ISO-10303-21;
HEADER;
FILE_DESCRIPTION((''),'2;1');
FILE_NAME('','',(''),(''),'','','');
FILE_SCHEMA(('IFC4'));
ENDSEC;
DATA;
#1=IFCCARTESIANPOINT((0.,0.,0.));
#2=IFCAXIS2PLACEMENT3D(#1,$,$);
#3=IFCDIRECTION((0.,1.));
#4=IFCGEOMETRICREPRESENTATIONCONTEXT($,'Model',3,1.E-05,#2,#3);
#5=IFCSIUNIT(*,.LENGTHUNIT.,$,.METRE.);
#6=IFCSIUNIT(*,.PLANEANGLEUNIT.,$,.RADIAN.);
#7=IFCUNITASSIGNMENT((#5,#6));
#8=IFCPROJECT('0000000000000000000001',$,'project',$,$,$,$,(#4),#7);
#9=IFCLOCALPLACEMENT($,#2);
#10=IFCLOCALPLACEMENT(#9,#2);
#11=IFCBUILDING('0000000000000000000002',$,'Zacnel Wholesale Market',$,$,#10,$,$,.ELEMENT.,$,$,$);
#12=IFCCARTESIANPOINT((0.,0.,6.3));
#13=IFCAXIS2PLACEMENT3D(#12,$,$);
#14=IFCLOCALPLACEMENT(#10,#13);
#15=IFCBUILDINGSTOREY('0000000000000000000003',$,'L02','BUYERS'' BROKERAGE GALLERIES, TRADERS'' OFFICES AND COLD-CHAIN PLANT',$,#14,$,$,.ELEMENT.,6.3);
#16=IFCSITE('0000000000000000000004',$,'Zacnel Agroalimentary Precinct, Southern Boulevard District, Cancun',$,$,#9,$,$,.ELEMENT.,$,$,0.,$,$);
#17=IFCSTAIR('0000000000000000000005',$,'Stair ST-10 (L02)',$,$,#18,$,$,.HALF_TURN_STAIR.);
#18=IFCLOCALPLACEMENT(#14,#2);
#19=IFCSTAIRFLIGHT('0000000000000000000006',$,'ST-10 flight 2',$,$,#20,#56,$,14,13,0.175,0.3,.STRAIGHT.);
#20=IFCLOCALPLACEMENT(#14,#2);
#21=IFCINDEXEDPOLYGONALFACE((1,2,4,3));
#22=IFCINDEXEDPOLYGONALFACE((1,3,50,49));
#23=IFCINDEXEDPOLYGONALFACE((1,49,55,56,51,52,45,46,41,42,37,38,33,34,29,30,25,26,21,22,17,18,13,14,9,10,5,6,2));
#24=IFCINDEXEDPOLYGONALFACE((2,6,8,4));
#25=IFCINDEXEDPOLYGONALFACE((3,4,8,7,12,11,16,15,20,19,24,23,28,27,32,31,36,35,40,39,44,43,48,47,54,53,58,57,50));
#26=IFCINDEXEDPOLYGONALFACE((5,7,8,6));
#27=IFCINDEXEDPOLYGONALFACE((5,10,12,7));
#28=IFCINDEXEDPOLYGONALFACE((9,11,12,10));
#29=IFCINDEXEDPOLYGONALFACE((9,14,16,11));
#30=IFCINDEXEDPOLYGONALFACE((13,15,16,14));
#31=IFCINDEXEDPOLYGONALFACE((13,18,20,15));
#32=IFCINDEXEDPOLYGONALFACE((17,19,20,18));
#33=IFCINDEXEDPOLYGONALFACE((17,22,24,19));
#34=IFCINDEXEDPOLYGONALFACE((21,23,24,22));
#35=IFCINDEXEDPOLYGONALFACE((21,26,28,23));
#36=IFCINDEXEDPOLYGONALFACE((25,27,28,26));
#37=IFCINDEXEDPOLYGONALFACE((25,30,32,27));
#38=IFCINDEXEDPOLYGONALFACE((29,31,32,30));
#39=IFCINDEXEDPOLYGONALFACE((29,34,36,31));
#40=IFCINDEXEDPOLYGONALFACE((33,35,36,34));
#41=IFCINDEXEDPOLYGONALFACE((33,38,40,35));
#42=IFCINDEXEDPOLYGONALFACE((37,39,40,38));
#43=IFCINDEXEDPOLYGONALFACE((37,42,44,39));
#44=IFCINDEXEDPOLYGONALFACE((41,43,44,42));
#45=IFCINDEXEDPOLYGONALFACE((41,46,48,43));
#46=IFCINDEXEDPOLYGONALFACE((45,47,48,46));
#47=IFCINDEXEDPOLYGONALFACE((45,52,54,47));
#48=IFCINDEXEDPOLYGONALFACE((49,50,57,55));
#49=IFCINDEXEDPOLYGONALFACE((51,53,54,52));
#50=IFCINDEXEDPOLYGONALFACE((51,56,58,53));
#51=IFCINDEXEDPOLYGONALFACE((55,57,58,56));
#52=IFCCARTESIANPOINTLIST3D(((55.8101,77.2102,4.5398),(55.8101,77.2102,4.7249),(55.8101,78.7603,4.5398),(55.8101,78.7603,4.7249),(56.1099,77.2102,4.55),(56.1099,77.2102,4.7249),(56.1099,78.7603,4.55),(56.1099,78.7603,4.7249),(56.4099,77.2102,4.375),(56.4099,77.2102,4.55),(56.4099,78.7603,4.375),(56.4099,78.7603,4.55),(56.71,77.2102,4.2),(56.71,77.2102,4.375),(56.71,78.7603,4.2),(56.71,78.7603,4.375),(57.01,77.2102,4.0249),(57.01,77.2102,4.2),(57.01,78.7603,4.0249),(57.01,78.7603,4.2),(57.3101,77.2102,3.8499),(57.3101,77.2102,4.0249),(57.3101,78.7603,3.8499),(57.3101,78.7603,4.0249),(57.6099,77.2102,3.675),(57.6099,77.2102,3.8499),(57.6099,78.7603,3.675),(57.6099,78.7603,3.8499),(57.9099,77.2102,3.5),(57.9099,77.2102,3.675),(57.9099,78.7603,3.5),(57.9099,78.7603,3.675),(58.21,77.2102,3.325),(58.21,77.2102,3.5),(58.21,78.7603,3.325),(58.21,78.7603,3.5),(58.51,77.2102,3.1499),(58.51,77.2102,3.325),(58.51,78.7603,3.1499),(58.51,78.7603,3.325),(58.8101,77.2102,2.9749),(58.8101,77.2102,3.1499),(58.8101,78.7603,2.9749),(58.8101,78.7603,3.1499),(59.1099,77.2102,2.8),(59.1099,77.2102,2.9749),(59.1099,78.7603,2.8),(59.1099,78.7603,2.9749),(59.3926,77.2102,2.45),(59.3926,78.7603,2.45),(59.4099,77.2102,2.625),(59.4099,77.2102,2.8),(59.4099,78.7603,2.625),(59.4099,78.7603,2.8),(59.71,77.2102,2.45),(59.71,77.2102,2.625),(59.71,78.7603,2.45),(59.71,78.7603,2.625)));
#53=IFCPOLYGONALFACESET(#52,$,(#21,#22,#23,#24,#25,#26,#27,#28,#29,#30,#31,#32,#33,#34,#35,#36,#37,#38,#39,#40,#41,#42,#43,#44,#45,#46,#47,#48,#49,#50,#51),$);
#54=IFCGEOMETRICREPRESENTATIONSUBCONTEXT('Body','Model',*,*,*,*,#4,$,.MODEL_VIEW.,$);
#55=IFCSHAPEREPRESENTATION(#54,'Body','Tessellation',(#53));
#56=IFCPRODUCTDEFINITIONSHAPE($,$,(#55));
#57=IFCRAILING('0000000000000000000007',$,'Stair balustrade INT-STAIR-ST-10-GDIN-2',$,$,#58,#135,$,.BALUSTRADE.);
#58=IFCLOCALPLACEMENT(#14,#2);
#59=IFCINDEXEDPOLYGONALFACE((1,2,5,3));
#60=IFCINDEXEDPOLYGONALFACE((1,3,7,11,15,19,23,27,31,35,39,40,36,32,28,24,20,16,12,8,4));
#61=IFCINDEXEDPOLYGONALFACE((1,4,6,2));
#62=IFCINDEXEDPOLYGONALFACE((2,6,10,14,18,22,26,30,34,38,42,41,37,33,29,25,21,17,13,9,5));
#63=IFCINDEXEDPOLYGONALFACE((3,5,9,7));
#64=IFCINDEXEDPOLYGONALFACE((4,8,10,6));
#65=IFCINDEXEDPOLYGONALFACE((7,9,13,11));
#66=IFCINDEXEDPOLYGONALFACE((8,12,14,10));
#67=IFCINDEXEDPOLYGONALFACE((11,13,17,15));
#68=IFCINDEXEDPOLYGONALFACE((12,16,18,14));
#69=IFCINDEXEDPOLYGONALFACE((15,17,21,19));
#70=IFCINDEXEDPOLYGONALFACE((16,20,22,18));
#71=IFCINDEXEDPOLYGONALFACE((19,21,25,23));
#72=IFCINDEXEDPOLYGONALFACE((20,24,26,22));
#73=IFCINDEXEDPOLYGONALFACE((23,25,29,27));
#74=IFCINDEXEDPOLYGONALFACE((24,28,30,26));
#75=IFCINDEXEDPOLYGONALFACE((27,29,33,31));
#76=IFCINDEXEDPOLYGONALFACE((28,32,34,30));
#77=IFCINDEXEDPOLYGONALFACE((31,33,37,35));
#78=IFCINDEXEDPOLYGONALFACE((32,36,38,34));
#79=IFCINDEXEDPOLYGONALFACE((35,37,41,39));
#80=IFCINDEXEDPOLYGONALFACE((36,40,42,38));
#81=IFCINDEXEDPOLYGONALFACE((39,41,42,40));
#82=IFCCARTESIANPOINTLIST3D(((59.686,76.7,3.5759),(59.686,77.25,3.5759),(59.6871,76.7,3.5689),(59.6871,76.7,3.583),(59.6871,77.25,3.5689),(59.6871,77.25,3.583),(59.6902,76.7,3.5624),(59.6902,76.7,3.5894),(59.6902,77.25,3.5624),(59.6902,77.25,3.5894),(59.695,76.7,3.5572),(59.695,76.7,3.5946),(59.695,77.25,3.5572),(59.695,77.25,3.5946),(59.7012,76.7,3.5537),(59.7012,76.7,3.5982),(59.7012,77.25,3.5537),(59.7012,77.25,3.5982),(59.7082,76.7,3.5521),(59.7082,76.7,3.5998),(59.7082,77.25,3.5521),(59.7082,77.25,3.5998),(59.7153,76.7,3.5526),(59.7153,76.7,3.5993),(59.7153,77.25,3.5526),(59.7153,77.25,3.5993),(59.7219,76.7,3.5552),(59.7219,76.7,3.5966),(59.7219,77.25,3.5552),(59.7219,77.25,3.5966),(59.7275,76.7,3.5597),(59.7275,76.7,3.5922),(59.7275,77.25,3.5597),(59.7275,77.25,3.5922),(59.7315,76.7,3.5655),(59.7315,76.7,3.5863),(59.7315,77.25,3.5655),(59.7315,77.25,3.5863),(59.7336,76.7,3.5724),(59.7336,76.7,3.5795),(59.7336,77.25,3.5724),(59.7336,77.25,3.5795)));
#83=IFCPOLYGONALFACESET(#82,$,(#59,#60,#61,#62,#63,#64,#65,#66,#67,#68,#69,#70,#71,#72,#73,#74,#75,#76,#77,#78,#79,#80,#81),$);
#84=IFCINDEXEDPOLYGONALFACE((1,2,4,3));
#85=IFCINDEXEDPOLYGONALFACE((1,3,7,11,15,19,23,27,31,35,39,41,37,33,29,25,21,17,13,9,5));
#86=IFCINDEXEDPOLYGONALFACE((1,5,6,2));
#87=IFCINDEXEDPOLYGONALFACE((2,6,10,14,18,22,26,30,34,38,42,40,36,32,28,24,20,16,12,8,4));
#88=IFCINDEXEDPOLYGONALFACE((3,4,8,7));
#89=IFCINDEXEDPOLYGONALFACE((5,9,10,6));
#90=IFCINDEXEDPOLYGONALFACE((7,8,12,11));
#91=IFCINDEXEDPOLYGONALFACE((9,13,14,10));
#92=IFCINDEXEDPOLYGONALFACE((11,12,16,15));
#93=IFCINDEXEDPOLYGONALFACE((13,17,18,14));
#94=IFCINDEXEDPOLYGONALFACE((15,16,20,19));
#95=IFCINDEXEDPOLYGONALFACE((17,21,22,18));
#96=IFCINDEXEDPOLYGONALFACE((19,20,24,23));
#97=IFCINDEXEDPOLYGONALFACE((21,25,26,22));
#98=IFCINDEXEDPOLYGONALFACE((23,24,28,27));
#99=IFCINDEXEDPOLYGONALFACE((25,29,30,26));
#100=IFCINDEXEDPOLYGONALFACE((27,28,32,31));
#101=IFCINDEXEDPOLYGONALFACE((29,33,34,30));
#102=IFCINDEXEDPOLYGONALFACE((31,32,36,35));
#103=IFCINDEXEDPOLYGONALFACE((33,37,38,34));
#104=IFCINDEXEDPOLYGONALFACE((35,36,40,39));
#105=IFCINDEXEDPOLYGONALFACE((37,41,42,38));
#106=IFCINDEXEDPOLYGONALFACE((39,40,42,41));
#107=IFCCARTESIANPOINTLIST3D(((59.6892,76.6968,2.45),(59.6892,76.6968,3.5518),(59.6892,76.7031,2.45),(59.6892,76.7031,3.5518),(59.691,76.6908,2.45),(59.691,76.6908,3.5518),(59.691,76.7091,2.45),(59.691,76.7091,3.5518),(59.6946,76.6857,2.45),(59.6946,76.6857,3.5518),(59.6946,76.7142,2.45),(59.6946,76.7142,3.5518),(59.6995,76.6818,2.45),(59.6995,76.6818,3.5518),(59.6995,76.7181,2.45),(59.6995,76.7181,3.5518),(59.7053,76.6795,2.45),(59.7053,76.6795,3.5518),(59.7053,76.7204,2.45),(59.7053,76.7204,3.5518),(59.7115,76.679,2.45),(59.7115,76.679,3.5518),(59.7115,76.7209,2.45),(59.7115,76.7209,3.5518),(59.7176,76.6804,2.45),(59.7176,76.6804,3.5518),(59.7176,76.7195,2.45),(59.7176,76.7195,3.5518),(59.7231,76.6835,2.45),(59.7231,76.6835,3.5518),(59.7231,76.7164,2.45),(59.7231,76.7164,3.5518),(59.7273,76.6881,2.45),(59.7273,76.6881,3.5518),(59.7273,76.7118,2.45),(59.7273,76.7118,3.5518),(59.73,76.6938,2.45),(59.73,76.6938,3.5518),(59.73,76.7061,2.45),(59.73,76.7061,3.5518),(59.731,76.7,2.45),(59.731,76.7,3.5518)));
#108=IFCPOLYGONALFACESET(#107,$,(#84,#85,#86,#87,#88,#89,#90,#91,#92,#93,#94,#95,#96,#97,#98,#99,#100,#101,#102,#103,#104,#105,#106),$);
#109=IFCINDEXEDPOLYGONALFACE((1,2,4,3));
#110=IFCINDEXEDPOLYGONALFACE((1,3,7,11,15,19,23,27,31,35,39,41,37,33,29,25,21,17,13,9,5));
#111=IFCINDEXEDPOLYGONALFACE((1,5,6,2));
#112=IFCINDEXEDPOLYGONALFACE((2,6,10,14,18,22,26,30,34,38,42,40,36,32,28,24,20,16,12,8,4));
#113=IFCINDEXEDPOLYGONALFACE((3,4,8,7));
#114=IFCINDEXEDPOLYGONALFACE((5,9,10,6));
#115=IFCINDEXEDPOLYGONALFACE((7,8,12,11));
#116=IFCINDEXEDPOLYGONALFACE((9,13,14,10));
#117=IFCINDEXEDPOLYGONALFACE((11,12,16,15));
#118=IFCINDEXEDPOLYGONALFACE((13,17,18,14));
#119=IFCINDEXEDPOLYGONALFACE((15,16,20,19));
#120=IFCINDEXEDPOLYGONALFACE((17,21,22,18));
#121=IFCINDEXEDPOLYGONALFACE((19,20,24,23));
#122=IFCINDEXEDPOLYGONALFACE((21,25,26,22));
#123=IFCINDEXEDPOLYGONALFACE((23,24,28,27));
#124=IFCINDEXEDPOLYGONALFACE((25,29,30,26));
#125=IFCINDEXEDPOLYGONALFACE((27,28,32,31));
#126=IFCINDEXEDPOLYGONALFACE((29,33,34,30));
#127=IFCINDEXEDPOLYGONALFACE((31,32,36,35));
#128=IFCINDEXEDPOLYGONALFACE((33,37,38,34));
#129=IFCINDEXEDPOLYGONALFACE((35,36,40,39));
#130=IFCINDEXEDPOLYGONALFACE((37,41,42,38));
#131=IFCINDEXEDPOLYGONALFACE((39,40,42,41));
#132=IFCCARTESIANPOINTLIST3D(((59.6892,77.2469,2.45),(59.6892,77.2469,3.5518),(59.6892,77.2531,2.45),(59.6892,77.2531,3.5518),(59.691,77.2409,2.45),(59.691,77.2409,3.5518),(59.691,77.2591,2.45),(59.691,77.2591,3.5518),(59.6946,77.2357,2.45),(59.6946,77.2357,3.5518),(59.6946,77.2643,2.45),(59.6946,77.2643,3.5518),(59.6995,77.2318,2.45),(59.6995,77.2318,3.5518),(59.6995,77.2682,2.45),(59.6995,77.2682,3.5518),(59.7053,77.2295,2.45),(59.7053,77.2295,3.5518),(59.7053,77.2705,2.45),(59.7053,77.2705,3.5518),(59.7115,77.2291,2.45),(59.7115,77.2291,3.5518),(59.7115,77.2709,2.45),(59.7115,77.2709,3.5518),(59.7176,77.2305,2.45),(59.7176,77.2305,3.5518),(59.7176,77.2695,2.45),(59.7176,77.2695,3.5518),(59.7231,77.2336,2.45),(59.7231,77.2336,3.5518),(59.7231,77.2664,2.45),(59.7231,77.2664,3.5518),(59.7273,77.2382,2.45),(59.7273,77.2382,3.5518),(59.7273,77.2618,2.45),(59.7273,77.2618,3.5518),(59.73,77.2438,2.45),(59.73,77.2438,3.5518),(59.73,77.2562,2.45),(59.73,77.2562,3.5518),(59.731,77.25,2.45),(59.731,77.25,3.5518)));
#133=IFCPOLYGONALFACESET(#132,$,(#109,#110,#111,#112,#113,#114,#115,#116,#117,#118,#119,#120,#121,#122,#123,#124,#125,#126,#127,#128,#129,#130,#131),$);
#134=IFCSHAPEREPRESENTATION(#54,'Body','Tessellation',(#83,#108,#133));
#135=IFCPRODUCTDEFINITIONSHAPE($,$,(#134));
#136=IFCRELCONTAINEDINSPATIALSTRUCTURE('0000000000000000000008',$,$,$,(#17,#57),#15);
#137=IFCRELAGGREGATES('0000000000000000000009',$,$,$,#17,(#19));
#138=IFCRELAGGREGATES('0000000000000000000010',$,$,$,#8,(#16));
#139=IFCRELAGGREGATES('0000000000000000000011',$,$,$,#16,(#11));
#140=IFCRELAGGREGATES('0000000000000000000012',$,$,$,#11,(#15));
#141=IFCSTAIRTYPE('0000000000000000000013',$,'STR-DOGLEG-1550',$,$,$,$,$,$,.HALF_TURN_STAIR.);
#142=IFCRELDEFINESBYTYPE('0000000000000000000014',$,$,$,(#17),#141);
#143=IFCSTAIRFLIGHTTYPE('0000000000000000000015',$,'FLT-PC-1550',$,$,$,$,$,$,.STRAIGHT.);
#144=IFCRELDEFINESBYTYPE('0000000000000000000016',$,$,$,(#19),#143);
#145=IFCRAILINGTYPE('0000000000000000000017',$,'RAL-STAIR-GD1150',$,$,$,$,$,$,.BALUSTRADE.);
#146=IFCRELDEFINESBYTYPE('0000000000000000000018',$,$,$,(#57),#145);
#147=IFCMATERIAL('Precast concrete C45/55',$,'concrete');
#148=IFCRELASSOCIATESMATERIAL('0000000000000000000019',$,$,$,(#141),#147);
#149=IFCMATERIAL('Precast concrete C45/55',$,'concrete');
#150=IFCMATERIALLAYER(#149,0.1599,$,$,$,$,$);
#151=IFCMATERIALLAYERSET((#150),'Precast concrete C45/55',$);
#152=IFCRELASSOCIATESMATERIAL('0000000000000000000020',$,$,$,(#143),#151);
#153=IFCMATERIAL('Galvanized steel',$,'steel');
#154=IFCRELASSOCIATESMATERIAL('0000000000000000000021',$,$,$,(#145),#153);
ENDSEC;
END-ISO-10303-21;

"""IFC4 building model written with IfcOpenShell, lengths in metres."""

from ifc_helpers import new_model, si_unit, direction, frame, origin, origin_2d, place, context, subcontext, project, spatial, polyline, circle, outline, extrude, material, layer, layer_set, type_object, element, aggregate, save


model = new_model("IFC4")

# Units and contexts
model_context = context("Model", 3, precision=1e-05, world=origin(), true_north=direction((0.0, 1.0)))
body_context = subcontext(model_context, "Body", "Model", "MODEL_VIEW")
ifc_project = project(units=[si_unit("LENGTHUNIT", "METRE"), si_unit("PLANEANGLEUNIT", "RADIAN")], contexts=[model_context])

# Site, building, storey
site_placement = place(None, origin())
site = spatial("IfcSite", under=ifc_project, at=site_placement, Name="Zacnel Agroalimentary Precinct, Southern Boulevard District, Cancun", CompositionType="ELEMENT", RefElevation=0.0)
building_placement = place(site_placement, origin())
building = spatial("IfcBuilding", under=site, at=building_placement, Name="Zacnel Wholesale Market", CompositionType="ELEMENT")
storey_placement = place(building_placement, frame((0.0, 0.0, 6.3)))
storey = spatial("IfcBuildingStorey", under=building, at=storey_placement, Name="L02", Description="BUYERS' BROKERAGE GALLERIES, TRADERS' OFFICES AND COLD-CHAIN PLANT", CompositionType="ELEMENT", Elevation=6.3)

# Stair, stair flight
ifc_material_1 = material(Name="Precast concrete C45/55", Category="concrete")
stair_type = type_object("IfcStairType", Name="STR-DOGLEG-1550", PredefinedType="HALF_TURN_STAIR", material=ifc_material_1)
stair_placement = place(storey_placement, origin())
stair = element("IfcStair", 1, at=stair_placement, inside=storey, type_object=stair_type, Name="Stair ST-10 (L02)", PredefinedType="HALF_TURN_STAIR")
ifc_material_2 = material(Name="Precast concrete C45/55", Category="concrete")
ifc_layer_1 = layer(ifc_material_2, 0.1599)
ifc_layer_set_1 = layer_set([ifc_layer_1], Name="Precast concrete C45/55")
stair_flight_type = type_object("IfcStairFlightType", Name="FLT-PC-1550", PredefinedType="STRAIGHT", material=ifc_layer_set_1)
stair_flight_placement = place(storey_placement, frame((59.71, 77.9851, 2.45), z_axis=(0.0, 0.0, 1.0), x_axis=(-1.0, 0.0, 0.0)))
stair_flight = element("IfcStairFlight", 2, at=stair_flight_placement, type_object=stair_flight_type, Name="ST-10 flight 2", NumberOfRisers=14, NumberOfTreads=13, PredefinedType="STRAIGHT", RiserHeight=0.175, TreadLength=0.3, context=body_context, shape_type="SweptSolid", body=[
    extrude(outline(polyline([(0.0, 0.0), (0.0, 0.175), (0.3, 0.175), (0.3, 0.3501), (0.6001, 0.3501), (0.6001, 0.5249), (0.8999, 0.5249), (0.8999, 0.7), (1.2, 0.7), (1.2, 0.875), (1.5, 0.875), (1.5, 1.05), (1.8, 1.05), (1.8, 1.2251), (2.1001, 1.2251), (2.1001, 1.3999), (2.3999, 1.3999), (2.3999, 1.575), (2.7, 1.575), (2.7, 1.75), (3.0, 1.75), (3.0, 1.925), (3.3, 1.925), (3.3, 2.1001), (3.6001, 2.1001), (3.6001, 2.2749), (3.8999, 2.2749), (3.8999, 2.45), (3.8999, 2.0898), (0.3174, 0.0), (0.0, 0.0)])), frame((0.0, 0.7749, 0.0), z_axis=(0.0, -1.0, 0.0), x_axis=(1.0, 0.0, 0.0)), (0.0, 0.0, 1.0), 1.55),
])
aggregate(stair, [stair_flight])

# Railing
ifc_material_3 = material(Name="Galvanized steel", Category="steel")
railing_type = type_object("IfcRailingType", Name="RAL-STAIR-GD1150", PredefinedType="BALUSTRADE", material=ifc_material_3)
railing_1_placement = place(storey_placement, frame((59.71, 76.7, 2.45)))
element("IfcRailing", 3, at=railing_1_placement, inside=storey, type_object=railing_type, Name="Stair balustrade INT-STAIR-ST-10-GDIN-2", PredefinedType="BALUSTRADE", context=body_context, shape_type="SweptSolid", body=[
    extrude(circle(Radius=0.0239, at=origin_2d()), frame((0.0, 0.0, 1.126), z_axis=(0.0, 1.0, 0.0), x_axis=(-1.0, 0.0, 0.0)), (0.0, 0.0, 1.0), 0.55),
    extrude(circle(Radius=0.021, at=origin_2d()), origin(), (0.0, 0.0, 1.0), 1.1018),
    extrude(circle(Radius=0.021, at=origin_2d()), frame((0.0, 0.55, 0.0)), (0.0, 0.0, 1.0), 1.1018),
])

save(model, "model.ifc")
